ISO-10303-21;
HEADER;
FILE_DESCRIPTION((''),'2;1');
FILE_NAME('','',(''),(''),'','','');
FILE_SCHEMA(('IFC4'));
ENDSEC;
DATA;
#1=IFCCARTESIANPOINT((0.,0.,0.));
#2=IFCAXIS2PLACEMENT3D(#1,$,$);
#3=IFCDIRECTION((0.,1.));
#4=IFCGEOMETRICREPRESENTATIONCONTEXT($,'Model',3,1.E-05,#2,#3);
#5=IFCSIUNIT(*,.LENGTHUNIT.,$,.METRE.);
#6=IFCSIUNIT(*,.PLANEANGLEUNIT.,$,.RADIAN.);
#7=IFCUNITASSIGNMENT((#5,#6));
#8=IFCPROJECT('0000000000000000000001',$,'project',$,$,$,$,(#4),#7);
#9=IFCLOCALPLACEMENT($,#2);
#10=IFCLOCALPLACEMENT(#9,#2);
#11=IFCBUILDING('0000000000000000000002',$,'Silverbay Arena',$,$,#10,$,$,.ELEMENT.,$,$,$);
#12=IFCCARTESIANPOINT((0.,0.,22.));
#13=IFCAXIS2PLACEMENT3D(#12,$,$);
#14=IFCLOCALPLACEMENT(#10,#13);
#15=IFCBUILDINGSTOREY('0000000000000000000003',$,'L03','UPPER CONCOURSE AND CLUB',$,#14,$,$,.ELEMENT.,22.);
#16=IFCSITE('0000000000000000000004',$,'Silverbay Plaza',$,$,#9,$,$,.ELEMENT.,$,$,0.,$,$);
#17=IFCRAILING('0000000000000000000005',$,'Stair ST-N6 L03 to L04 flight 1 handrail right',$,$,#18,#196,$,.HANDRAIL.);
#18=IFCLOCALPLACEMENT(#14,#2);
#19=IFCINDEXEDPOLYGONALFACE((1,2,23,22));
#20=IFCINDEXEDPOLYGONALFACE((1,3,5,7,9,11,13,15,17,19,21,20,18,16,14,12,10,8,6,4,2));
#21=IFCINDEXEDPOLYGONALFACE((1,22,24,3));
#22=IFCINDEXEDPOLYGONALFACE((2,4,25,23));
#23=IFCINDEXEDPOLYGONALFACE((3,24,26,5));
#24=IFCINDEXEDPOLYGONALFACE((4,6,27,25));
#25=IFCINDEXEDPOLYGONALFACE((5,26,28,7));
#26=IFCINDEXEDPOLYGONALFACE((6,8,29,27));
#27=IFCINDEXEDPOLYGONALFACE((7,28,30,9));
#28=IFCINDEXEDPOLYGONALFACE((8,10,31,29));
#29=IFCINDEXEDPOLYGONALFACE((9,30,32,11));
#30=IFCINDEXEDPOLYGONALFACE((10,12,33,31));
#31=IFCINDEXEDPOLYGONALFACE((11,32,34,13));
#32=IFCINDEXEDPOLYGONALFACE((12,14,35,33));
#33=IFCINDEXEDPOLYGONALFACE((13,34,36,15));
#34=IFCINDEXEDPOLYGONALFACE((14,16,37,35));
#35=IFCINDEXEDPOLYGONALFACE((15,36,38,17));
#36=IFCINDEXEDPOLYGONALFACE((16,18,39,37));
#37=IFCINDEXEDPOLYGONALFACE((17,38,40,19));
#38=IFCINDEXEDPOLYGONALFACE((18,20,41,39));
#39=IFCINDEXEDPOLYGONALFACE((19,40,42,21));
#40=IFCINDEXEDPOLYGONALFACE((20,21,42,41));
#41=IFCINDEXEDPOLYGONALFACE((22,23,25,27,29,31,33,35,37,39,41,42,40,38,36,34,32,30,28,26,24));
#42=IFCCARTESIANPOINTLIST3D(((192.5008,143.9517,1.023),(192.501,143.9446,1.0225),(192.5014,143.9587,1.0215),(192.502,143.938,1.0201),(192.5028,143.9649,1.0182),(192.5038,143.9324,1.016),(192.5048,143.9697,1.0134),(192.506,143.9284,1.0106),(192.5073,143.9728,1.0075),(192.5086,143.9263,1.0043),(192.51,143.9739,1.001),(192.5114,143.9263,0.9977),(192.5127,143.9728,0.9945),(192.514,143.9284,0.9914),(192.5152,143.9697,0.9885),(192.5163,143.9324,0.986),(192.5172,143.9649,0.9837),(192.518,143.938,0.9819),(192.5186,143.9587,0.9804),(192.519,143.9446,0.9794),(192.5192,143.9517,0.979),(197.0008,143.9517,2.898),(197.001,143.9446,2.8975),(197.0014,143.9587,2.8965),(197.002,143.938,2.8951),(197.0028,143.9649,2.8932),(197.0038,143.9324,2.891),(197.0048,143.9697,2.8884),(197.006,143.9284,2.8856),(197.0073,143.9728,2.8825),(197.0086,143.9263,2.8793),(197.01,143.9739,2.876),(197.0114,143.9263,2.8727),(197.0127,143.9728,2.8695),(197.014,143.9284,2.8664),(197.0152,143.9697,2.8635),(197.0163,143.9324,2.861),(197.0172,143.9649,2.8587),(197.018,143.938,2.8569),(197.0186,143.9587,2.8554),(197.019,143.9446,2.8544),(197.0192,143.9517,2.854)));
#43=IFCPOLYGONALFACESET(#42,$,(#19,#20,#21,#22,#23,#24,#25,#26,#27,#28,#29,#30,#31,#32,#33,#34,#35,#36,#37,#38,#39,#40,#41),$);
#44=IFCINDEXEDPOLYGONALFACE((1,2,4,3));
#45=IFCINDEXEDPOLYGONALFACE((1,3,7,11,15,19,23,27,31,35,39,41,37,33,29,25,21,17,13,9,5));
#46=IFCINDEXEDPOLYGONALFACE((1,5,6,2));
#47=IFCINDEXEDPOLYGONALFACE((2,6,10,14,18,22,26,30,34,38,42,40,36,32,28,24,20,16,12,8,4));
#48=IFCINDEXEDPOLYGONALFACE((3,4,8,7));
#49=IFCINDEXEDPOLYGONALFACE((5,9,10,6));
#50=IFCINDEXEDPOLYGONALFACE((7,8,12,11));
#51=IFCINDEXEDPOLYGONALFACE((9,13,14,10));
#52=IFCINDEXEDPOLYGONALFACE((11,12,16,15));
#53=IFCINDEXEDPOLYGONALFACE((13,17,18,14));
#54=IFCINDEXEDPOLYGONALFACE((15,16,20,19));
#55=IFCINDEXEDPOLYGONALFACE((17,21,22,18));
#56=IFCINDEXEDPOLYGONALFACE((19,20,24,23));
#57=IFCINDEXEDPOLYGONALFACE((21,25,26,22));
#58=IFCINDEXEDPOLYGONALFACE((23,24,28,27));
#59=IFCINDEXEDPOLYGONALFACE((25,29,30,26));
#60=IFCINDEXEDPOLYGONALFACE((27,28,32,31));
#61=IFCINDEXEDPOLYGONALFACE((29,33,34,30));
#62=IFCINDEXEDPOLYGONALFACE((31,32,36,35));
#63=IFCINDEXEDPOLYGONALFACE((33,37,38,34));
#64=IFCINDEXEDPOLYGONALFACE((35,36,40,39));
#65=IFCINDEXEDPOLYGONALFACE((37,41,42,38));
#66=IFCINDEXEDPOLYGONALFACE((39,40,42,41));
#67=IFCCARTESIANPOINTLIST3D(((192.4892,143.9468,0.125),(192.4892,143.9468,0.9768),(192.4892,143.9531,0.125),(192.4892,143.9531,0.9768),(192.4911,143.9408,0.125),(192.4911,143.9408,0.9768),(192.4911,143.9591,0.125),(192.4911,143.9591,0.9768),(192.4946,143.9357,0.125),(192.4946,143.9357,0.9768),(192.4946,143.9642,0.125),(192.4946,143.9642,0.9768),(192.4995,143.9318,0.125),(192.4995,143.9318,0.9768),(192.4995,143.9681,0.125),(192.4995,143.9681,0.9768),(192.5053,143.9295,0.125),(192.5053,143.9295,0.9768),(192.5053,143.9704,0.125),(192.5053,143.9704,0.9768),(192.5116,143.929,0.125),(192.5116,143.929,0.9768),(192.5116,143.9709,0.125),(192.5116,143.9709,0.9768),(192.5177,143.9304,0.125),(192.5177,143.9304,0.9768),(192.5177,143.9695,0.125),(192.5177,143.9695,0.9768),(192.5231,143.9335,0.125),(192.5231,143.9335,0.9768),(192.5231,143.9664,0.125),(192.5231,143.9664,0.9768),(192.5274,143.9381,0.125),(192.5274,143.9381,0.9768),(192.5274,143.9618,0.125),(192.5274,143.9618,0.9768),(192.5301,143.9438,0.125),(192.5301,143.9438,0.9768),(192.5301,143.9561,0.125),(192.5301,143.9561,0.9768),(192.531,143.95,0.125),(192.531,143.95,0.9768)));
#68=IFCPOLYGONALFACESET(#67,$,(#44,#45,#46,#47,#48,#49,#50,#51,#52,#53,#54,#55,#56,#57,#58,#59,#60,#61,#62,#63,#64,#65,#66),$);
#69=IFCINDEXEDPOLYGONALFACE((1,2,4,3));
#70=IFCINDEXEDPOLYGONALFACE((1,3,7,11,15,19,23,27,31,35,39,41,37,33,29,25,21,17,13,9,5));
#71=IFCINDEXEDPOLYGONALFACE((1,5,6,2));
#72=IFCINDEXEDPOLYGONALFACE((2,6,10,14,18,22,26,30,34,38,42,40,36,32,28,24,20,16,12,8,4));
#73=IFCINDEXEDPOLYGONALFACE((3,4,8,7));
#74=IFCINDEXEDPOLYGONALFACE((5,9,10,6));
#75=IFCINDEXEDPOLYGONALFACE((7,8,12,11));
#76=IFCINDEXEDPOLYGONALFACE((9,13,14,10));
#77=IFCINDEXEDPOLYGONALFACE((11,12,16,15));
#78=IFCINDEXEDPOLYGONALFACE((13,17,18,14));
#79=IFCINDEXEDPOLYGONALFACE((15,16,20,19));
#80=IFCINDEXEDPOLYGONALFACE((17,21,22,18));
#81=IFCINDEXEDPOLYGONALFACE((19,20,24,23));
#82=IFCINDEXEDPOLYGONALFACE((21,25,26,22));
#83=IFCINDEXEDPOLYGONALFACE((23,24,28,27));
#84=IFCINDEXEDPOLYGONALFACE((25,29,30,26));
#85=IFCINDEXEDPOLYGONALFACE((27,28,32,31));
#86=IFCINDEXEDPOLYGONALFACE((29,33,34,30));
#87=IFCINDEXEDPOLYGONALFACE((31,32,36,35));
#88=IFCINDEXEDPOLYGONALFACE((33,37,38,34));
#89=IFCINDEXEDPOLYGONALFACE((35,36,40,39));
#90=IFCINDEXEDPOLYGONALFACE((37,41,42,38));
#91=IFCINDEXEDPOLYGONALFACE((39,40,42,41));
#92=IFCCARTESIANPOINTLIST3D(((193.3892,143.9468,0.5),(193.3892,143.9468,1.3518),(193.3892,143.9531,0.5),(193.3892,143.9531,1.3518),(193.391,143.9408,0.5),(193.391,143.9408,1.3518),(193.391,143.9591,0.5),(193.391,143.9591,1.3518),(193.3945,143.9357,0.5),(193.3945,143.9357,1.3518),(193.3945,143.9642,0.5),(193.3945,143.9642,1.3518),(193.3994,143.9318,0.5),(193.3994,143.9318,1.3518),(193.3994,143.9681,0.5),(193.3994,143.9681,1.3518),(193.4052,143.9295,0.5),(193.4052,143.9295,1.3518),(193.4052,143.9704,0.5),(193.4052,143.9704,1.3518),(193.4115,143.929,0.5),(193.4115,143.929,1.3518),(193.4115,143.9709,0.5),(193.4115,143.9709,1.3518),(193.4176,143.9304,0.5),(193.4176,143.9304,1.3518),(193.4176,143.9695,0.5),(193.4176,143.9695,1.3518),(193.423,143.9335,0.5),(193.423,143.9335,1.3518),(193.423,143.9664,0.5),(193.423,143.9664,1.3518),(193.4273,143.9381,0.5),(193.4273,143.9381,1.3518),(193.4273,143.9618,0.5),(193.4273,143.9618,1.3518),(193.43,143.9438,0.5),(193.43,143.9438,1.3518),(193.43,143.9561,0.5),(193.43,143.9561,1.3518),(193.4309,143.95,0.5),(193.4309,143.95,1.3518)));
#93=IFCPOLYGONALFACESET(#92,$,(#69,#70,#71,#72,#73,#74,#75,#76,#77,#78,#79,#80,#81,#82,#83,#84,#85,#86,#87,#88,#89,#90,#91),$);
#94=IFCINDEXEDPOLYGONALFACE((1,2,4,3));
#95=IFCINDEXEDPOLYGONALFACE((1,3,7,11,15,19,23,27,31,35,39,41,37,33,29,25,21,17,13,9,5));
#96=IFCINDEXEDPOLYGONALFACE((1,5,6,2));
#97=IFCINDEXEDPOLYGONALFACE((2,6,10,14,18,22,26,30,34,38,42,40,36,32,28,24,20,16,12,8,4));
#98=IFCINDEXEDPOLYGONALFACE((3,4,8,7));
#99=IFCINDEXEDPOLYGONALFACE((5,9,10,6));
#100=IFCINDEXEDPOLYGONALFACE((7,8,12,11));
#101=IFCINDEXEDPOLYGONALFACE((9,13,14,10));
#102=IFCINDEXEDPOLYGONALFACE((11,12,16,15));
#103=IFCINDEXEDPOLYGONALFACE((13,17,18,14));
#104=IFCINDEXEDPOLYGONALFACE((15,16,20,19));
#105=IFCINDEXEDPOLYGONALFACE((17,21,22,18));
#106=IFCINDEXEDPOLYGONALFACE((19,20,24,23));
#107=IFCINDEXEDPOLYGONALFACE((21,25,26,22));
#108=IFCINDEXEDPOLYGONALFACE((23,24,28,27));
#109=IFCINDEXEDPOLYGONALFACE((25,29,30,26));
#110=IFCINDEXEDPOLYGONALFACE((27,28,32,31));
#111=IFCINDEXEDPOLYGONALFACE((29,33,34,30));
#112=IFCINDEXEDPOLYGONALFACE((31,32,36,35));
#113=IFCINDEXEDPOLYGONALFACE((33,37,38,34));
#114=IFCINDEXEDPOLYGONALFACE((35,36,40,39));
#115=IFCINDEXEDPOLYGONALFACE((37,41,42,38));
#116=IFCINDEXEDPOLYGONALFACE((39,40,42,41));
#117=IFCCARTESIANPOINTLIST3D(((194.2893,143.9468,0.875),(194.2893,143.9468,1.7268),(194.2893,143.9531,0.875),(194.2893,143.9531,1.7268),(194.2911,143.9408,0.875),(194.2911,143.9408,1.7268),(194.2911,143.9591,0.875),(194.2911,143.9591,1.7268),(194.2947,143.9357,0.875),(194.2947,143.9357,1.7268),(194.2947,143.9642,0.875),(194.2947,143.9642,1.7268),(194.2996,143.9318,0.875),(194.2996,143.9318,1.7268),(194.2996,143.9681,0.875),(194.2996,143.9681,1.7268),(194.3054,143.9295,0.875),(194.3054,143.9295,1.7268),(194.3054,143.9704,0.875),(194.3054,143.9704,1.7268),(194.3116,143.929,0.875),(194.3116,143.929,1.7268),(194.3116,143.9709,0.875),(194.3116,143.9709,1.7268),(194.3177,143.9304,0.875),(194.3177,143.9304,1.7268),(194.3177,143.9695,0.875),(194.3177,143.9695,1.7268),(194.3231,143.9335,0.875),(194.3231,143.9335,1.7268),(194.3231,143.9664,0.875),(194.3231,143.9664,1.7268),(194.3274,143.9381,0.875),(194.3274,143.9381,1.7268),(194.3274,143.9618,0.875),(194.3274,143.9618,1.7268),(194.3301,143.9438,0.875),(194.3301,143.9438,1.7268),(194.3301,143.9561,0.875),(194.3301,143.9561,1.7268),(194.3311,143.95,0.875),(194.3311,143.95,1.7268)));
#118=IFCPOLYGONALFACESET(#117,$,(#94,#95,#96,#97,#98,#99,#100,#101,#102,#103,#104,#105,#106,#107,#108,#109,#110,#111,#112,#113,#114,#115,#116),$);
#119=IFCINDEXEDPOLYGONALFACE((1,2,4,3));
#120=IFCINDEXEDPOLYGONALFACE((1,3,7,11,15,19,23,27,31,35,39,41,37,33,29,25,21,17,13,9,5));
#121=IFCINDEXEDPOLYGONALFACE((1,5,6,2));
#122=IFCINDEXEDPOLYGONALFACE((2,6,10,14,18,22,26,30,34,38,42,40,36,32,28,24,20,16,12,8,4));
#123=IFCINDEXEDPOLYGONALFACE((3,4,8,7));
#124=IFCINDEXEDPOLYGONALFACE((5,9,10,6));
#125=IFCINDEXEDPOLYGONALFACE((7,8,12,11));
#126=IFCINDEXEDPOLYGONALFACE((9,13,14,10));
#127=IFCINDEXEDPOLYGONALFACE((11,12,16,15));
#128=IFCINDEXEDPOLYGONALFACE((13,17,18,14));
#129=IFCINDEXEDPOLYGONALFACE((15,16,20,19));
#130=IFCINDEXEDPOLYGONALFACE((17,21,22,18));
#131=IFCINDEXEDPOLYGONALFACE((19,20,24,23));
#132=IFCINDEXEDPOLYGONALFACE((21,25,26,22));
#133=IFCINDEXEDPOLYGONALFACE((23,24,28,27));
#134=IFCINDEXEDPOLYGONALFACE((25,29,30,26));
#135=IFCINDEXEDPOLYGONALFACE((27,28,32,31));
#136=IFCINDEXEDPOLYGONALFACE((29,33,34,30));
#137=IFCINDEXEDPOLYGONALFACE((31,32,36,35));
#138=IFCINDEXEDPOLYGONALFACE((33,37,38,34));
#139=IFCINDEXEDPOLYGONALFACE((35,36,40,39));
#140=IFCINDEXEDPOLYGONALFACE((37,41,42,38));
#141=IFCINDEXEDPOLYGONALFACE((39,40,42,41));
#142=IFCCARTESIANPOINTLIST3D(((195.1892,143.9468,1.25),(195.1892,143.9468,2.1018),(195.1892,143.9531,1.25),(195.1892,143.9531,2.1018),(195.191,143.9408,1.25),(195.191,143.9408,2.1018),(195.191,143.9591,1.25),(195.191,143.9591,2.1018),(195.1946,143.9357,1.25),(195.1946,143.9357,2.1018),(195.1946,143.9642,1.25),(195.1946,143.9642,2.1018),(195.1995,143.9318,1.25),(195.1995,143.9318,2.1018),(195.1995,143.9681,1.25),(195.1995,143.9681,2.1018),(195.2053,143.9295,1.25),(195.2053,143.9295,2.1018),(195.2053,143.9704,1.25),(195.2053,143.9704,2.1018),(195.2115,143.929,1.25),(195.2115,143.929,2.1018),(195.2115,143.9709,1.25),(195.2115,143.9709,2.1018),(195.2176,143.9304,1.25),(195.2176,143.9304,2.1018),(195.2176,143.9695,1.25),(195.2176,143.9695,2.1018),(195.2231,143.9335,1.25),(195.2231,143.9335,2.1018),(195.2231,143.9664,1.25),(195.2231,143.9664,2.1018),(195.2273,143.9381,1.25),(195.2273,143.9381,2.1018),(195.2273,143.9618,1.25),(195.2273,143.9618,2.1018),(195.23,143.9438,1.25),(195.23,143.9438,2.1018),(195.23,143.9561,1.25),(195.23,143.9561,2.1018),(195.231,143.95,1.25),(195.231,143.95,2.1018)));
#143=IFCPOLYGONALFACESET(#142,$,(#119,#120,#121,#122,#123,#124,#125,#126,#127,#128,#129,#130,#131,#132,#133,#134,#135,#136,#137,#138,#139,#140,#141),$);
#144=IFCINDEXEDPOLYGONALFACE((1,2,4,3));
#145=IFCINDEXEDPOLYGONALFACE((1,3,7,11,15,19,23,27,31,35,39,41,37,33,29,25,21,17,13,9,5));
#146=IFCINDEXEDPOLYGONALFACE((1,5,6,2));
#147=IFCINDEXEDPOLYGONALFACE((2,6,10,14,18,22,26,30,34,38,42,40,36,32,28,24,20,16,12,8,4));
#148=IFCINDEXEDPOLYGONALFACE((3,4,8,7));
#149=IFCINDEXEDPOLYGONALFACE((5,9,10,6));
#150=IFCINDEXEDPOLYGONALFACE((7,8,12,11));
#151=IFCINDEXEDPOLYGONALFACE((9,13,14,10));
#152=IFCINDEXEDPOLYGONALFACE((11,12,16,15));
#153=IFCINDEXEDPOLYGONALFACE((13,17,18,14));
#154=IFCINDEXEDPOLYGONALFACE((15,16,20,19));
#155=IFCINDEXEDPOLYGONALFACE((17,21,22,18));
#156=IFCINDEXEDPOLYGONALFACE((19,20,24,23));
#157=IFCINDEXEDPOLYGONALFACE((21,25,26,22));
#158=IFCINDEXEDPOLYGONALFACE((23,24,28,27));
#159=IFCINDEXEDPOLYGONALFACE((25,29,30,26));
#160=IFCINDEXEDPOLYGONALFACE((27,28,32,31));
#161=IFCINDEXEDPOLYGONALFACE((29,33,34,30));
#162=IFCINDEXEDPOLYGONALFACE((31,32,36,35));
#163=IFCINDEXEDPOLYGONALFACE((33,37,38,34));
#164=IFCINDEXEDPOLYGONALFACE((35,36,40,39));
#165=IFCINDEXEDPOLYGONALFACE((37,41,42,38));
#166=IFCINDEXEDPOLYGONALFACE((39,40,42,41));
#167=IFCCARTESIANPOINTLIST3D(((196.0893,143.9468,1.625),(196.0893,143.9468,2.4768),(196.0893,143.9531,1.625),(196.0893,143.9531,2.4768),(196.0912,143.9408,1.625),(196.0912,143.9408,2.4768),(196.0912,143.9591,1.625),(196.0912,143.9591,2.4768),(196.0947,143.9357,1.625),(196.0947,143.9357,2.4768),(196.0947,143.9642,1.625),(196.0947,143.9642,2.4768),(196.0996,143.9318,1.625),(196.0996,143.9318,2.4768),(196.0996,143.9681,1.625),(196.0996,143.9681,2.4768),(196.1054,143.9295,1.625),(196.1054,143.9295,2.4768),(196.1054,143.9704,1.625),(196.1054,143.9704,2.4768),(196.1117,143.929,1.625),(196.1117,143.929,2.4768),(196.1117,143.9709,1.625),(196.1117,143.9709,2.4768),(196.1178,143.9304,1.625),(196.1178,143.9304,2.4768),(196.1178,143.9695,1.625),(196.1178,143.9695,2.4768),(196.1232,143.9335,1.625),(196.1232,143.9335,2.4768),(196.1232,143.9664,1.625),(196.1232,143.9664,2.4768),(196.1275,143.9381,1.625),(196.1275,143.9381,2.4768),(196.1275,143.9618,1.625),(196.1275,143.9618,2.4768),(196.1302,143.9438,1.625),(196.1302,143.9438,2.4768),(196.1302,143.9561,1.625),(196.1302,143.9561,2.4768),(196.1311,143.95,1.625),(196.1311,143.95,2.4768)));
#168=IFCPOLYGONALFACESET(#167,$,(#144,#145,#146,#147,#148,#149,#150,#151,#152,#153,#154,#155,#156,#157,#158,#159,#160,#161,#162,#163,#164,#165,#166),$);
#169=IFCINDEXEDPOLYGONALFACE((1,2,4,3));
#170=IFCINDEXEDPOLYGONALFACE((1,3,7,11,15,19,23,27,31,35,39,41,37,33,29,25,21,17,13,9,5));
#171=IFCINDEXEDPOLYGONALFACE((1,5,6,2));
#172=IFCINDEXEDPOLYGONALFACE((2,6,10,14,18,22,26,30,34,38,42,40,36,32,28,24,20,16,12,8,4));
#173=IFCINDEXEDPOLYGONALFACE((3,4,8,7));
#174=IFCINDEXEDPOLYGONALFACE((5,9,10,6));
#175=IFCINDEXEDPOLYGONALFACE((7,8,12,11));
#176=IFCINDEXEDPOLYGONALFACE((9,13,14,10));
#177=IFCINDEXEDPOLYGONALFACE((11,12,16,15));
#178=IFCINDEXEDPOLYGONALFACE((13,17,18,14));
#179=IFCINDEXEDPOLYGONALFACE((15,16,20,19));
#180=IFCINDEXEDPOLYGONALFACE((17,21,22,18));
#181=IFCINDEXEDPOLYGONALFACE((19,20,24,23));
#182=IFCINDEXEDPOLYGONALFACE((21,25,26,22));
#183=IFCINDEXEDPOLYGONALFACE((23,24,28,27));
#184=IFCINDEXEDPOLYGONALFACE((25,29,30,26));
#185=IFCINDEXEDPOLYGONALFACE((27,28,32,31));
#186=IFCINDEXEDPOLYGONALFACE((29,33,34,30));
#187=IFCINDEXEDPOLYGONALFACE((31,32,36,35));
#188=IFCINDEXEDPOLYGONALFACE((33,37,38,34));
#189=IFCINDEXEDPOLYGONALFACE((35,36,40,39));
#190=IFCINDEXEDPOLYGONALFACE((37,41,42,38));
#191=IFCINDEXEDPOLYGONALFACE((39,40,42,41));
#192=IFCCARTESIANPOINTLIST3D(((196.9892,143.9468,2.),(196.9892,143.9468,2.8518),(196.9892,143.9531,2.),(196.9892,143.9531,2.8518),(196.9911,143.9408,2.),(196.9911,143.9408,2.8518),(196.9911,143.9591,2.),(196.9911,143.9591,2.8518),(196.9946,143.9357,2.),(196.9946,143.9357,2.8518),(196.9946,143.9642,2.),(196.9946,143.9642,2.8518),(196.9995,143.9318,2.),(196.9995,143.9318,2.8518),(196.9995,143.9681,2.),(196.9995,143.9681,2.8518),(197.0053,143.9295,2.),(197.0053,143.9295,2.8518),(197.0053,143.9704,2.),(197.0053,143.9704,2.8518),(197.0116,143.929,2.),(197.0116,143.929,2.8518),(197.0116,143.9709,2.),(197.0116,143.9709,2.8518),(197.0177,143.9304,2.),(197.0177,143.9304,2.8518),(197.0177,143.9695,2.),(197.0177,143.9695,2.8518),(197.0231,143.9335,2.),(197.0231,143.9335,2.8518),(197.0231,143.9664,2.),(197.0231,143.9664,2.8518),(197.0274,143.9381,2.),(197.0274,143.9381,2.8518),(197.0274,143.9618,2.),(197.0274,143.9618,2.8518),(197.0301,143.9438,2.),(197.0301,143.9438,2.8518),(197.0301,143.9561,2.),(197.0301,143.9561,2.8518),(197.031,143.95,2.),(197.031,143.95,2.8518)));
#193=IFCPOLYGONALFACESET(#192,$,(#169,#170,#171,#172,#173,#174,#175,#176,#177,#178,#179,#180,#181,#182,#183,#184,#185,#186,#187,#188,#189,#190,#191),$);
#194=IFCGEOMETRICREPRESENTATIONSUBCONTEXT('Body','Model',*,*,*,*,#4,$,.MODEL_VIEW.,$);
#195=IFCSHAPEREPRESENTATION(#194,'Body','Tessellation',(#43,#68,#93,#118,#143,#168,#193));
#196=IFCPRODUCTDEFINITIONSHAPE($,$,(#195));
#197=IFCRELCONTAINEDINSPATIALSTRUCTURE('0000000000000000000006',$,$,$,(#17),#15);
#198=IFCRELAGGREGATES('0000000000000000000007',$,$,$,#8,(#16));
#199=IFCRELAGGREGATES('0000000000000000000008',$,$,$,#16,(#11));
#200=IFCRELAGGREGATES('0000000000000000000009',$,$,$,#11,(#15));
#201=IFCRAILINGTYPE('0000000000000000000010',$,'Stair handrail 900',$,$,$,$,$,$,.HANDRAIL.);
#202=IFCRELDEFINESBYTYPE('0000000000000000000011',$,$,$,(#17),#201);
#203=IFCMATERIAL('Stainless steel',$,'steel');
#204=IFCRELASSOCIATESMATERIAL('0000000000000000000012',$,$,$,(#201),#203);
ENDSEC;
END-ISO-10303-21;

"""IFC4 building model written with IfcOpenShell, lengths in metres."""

from ifc_helpers import new_model, si_unit, direction, frame, origin, origin_2d, place, context, subcontext, project, spatial, circle, extrude, material, type_object, element, save


model = new_model("IFC4")

# Units and contexts
model_context = context("Model", 3, precision=1e-05, world=origin(), true_north=direction((0.0, 1.0)))
body_context = subcontext(model_context, "Body", "Model", "MODEL_VIEW")
ifc_project = project(units=[si_unit("LENGTHUNIT", "METRE"), si_unit("PLANEANGLEUNIT", "RADIAN")], contexts=[model_context])

# Site, building, storey
site_placement = place(None, origin())
site = spatial("IfcSite", under=ifc_project, at=site_placement, Name="Silverbay Plaza", CompositionType="ELEMENT", RefElevation=0.0)
building_placement = place(site_placement, origin())
building = spatial("IfcBuilding", under=site, at=building_placement, Name="Silverbay Arena", CompositionType="ELEMENT")
storey_placement = place(building_placement, frame((0.0, 0.0, 22.0)))
storey = spatial("IfcBuildingStorey", under=building, at=storey_placement, Name="L03", Description="UPPER CONCOURSE AND CLUB", CompositionType="ELEMENT", Elevation=22.0)

# Railing
ifc_material_1 = material(Name="Stainless steel", Category="steel")
railing_type_1 = type_object("IfcRailingType", Name="Stair handrail 900", PredefinedType="HANDRAIL", material=ifc_material_1)
for number, where, name in (
    (1, (192.51, 143.95, 0.125), "Stair ST-N6 L03 to L04 flight 1 handrail right"),
):
    element("IfcRailing", number, at=place(storey_placement, frame(where)), inside=storey, type_object=railing_type_1, Name=name, PredefinedType="HANDRAIL", context=body_context, shape_type="SweptSolid", body=[
        extrude(circle(Radius=0.0239, at=origin_2d()), frame((0.0, 0.0, 0.876), z_axis=(0.923077, 0.0, 0.384615), x_axis=(0.0, 1.0, 0.0)), (0.0, 0.0, 1.0), 4.875),
        extrude(circle(Radius=0.021, at=origin_2d()), origin(), (0.0, 0.0, 1.0), 0.8518),
        extrude(circle(Radius=0.021, at=origin_2d()), frame((0.8999, 0.0, 0.375)), (0.0, 0.0, 1.0), 0.8518),
        extrude(circle(Radius=0.021, at=origin_2d()), frame((1.8, 0.0, 0.75)), (0.0, 0.0, 1.0), 0.8518),
        extrude(circle(Radius=0.021, at=origin_2d()), frame((2.7, 0.0, 1.125)), (0.0, 0.0, 1.0), 0.8518),
        extrude(circle(Radius=0.021, at=origin_2d()), frame((3.6001, 0.0, 1.5)), (0.0, 0.0, 1.0), 0.8518),
        extrude(circle(Radius=0.021, at=origin_2d()), frame((4.5, 0.0, 1.875)), (0.0, 0.0, 1.0), 0.8518),
    ])

save(model, "model.ifc")
